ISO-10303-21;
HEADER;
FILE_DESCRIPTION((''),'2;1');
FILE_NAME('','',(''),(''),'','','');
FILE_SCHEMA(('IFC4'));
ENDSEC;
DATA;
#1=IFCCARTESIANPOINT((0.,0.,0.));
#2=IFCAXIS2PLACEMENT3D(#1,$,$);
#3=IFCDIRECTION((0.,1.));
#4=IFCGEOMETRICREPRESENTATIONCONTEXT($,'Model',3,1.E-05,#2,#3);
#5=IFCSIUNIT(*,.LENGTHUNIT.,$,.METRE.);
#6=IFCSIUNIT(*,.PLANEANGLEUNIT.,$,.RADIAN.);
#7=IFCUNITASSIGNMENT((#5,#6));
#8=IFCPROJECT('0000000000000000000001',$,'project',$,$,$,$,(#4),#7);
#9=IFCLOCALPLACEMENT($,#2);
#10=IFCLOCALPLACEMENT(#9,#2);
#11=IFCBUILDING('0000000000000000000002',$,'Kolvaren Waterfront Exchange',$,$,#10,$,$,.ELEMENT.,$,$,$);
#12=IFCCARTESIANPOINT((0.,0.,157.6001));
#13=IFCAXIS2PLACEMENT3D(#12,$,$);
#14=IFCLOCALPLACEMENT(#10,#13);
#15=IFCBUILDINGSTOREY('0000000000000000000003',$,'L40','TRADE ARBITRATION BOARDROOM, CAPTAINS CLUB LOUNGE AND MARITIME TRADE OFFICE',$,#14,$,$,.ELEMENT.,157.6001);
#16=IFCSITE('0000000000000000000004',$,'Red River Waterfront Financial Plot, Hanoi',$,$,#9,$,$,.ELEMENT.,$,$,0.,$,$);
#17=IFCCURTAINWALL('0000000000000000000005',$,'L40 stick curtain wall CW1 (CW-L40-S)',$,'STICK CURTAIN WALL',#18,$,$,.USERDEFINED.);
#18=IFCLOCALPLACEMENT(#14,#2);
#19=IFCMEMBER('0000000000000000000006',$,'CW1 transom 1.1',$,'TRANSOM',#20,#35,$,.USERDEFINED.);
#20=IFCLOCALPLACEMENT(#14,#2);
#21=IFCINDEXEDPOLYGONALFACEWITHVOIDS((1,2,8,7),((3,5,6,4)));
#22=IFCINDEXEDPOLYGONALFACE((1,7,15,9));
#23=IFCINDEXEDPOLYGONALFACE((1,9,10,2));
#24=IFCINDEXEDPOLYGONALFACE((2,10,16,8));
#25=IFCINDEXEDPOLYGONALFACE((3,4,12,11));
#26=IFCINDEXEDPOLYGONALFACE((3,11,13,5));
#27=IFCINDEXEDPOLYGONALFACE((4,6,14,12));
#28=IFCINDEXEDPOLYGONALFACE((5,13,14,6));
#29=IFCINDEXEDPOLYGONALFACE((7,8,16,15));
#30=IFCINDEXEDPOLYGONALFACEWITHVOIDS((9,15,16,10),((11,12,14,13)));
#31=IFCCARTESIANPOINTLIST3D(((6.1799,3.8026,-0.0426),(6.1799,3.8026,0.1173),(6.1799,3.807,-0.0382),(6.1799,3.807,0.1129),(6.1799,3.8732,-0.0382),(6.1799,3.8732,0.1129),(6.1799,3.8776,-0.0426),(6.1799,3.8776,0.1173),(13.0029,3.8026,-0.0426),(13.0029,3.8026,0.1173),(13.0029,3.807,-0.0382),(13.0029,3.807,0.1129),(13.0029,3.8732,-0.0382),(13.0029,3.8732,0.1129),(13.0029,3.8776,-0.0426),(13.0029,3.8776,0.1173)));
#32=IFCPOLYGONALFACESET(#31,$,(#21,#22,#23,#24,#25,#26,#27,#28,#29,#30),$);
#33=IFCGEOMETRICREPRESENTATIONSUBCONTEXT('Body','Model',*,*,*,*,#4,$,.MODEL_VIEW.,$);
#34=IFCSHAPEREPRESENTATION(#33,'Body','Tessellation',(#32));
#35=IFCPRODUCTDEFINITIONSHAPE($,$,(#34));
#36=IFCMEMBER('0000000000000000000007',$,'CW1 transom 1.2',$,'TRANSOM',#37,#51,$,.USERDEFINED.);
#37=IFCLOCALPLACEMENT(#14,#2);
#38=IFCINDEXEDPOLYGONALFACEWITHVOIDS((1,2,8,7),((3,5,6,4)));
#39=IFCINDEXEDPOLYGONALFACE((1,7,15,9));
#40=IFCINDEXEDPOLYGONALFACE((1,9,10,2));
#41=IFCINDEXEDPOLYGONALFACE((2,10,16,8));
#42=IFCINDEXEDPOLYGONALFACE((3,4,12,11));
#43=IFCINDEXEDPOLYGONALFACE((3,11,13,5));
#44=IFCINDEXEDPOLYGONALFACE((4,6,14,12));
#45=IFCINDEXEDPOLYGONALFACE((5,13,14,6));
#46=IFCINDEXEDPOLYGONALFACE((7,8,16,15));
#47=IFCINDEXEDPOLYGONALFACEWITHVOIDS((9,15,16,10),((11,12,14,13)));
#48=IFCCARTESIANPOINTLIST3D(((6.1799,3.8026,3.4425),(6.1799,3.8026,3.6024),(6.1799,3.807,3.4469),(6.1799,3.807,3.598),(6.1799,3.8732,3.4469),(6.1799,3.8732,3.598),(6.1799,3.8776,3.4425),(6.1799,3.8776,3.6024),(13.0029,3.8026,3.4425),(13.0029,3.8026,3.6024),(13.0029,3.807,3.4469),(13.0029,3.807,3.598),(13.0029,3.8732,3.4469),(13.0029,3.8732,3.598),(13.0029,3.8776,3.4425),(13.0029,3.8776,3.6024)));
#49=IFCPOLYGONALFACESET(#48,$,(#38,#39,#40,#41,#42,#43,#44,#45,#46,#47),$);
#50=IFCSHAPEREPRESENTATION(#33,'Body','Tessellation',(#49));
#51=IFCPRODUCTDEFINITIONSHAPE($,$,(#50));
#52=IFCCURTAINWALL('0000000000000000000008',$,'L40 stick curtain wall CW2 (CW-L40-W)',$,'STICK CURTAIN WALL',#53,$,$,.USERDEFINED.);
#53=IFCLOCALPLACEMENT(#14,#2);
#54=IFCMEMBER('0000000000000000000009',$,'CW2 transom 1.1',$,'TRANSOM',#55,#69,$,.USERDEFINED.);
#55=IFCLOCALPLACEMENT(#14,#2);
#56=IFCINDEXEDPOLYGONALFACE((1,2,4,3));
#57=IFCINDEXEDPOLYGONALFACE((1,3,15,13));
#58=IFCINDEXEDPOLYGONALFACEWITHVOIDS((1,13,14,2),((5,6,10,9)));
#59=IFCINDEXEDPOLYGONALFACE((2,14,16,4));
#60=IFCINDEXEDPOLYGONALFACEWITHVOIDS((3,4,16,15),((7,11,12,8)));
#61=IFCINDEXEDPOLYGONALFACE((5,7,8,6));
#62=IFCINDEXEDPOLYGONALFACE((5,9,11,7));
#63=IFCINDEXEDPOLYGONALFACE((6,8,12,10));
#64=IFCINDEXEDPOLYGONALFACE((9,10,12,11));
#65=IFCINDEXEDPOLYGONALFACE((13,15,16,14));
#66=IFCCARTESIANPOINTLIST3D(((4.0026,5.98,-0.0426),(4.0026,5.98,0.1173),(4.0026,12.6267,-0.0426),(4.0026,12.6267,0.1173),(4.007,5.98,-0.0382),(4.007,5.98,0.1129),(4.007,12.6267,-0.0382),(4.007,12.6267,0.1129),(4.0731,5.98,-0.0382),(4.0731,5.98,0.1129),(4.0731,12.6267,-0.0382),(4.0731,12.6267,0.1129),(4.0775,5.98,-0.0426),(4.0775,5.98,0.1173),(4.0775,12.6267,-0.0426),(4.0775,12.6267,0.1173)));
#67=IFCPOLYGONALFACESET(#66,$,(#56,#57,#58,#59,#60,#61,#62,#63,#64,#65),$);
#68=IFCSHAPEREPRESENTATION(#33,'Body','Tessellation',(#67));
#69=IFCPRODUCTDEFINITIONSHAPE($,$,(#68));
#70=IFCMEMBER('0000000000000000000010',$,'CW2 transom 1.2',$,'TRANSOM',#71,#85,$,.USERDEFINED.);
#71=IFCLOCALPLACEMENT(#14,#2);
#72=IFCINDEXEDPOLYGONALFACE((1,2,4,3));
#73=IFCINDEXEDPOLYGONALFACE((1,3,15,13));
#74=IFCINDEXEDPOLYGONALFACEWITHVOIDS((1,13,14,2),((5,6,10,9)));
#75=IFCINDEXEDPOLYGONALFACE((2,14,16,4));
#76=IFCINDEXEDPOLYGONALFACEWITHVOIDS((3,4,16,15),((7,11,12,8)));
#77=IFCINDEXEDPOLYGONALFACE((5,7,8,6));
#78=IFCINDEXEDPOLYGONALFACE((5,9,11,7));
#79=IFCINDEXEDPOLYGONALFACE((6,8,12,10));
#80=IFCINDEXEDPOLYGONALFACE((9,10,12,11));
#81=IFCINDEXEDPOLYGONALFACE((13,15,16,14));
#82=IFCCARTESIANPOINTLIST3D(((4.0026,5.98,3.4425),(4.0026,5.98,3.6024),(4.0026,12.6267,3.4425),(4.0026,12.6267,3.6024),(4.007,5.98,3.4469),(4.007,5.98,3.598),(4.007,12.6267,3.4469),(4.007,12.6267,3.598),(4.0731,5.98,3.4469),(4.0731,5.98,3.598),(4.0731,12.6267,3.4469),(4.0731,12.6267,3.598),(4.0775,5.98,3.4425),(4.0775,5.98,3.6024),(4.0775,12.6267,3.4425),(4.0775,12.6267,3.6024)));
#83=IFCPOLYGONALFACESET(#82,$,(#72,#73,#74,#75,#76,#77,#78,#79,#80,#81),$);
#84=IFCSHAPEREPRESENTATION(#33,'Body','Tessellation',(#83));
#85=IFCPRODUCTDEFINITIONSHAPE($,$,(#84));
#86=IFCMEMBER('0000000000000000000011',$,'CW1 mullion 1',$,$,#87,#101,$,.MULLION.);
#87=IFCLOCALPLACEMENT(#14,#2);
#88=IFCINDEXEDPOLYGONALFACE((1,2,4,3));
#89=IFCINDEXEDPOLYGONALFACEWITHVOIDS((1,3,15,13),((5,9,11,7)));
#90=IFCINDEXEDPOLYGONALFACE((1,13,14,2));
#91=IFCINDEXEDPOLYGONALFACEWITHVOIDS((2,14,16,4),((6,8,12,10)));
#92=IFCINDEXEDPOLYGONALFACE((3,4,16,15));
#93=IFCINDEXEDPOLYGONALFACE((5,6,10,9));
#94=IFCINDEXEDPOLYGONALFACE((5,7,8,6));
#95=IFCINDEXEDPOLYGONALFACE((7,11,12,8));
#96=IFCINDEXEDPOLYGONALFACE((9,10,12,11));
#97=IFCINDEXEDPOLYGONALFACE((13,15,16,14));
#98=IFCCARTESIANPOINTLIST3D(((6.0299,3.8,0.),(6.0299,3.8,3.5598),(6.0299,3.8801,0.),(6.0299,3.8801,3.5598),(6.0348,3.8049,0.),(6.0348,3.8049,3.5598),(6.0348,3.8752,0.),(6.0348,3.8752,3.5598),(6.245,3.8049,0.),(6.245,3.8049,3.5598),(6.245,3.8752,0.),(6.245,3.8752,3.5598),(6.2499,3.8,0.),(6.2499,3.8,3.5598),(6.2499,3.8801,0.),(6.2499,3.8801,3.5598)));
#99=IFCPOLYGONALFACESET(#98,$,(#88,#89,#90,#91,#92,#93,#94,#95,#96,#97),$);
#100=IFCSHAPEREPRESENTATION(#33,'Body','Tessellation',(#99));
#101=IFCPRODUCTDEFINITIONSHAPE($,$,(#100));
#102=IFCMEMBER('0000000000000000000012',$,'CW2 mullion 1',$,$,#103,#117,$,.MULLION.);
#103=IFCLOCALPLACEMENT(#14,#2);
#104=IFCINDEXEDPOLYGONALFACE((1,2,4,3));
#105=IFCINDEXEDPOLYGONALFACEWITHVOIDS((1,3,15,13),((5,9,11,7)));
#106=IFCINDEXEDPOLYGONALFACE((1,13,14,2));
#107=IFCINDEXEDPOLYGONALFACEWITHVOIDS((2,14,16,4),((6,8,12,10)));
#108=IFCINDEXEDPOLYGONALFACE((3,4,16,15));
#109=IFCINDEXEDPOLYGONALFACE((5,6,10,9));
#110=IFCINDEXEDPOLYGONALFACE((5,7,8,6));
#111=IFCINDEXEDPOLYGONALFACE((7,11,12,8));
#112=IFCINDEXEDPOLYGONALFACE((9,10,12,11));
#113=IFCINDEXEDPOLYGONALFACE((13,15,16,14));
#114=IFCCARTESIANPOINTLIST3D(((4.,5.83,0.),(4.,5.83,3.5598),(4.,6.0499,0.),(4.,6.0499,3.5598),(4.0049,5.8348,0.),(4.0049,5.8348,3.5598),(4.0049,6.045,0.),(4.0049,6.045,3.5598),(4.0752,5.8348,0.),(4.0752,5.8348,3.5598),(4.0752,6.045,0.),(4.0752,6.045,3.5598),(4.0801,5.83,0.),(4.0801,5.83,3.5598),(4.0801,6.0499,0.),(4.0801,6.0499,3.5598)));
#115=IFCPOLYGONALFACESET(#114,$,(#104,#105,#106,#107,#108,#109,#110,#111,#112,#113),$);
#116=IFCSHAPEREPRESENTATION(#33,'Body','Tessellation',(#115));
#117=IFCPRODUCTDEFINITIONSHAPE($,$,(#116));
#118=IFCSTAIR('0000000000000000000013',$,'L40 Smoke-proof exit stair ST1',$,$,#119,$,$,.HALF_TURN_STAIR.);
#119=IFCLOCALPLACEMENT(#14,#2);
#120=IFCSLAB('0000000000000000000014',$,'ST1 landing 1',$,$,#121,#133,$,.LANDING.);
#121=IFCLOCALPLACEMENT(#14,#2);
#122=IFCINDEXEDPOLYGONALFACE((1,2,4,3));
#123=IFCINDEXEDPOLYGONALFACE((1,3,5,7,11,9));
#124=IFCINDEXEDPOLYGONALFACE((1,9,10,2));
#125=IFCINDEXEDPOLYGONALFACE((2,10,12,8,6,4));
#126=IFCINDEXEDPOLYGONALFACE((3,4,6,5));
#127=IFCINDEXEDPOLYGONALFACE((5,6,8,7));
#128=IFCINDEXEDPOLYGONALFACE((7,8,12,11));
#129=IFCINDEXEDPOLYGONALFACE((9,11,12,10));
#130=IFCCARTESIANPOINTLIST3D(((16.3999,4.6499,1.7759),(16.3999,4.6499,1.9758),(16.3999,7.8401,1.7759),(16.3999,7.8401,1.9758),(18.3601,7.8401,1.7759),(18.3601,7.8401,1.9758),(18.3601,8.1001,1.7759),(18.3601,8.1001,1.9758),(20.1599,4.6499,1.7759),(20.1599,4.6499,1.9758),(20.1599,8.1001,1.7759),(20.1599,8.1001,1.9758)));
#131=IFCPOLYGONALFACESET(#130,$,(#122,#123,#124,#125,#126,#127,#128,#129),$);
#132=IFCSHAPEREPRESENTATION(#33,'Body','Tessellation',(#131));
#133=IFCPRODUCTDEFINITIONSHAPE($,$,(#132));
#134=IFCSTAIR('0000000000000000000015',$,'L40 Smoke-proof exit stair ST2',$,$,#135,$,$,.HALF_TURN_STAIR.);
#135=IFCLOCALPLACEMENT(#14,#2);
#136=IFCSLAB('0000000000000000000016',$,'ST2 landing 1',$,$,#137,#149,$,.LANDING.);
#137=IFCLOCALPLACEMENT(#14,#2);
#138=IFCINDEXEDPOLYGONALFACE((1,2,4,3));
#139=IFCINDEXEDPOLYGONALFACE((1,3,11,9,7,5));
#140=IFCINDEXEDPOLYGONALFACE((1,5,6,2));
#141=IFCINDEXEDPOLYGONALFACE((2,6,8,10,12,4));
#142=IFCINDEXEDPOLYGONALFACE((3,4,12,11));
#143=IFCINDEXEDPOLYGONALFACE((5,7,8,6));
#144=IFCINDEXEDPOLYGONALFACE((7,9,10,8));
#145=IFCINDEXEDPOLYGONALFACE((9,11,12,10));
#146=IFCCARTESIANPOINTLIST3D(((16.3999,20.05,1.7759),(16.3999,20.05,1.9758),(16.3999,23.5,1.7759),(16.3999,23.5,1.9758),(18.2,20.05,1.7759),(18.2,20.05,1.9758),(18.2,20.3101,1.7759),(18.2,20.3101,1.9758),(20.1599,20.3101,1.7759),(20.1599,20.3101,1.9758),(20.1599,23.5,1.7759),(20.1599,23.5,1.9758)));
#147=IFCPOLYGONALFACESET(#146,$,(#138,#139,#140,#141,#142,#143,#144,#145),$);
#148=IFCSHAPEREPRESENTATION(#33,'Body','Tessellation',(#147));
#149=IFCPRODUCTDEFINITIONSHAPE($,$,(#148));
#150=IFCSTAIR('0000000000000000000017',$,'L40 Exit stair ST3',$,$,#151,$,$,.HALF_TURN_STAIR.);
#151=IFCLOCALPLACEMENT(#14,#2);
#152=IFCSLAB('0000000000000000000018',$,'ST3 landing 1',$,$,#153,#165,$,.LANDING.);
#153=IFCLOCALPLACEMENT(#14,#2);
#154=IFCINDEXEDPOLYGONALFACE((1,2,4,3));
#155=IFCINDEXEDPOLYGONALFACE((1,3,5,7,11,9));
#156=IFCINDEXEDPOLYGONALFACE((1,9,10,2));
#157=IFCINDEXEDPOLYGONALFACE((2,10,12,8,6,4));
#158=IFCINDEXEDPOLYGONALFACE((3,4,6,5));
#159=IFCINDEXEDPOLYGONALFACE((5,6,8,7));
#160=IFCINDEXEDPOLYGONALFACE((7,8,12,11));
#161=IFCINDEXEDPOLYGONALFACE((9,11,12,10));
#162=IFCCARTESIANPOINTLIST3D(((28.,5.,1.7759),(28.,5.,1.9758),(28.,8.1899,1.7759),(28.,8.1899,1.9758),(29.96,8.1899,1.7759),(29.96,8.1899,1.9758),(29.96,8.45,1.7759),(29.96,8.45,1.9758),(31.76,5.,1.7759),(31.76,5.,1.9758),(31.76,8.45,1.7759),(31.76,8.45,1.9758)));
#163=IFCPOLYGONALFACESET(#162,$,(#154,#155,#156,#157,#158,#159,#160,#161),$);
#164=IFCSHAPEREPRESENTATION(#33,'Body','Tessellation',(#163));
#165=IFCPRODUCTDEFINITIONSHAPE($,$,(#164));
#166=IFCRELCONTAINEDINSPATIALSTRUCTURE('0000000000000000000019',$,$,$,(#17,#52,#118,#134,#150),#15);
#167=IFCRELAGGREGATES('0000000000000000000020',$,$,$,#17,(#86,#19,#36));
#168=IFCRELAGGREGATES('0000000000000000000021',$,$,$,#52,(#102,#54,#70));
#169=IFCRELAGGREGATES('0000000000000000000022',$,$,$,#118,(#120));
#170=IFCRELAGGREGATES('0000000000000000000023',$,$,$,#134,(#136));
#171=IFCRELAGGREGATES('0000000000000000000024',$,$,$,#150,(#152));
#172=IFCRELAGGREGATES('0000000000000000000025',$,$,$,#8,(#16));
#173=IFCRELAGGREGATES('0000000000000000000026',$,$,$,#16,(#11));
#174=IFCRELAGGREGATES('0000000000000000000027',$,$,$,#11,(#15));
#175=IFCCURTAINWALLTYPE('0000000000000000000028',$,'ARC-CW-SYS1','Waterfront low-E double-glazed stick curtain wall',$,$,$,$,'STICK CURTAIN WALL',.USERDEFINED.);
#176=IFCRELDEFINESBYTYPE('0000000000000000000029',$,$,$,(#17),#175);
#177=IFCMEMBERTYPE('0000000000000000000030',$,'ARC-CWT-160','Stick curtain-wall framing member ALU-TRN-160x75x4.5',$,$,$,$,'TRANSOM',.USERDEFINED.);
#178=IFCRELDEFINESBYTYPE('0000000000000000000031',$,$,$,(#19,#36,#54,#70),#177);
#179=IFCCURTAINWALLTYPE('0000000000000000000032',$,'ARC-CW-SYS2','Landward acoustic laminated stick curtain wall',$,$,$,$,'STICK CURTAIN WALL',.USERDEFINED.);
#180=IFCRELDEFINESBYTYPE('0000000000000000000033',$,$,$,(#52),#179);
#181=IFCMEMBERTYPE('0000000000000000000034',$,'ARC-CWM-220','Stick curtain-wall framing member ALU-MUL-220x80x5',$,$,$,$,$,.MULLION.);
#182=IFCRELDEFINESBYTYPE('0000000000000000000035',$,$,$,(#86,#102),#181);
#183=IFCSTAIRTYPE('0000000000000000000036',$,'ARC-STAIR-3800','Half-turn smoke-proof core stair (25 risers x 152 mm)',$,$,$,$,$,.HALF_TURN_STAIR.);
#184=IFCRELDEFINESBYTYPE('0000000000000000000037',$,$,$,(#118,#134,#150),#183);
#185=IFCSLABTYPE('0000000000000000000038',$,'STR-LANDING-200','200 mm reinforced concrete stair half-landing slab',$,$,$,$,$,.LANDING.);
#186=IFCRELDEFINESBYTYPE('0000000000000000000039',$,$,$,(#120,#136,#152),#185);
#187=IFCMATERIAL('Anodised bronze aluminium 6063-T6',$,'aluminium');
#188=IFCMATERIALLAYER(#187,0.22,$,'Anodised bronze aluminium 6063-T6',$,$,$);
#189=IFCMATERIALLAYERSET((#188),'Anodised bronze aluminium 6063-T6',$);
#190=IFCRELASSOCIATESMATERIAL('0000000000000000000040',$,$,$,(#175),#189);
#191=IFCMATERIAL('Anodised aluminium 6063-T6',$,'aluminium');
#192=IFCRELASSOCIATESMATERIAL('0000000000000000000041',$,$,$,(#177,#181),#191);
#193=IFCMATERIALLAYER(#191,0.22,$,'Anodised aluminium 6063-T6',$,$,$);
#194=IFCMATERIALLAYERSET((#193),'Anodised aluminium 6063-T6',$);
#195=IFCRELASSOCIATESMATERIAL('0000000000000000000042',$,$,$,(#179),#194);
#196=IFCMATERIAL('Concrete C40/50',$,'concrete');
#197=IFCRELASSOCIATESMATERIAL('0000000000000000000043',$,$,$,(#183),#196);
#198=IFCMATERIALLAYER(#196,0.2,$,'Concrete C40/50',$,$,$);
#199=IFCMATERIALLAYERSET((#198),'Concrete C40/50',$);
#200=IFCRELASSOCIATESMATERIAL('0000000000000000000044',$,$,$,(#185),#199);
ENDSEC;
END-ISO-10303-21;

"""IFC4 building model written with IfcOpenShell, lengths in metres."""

from ifc_helpers import new_model, si_unit, direction, frame, origin, origin_with_axes, origin_2d, place, context, subcontext, project, spatial, polyline, hollow_rectangle, outline, extrude, source, transform, mapped, material, layer, layer_set, material_profile, profile_set, type_object, element, aggregate, save


model = new_model("IFC4")

# Units and contexts
model_context = context("Model", 3, precision=1e-05, world=origin(), true_north=direction((0.0, 1.0)))
body_context = subcontext(model_context, "Body", "Model", "MODEL_VIEW")
ifc_project = project(units=[si_unit("LENGTHUNIT", "METRE"), si_unit("PLANEANGLEUNIT", "RADIAN")], contexts=[model_context])

# Site, building, storey
site_placement = place(None, origin())
site = spatial("IfcSite", under=ifc_project, at=site_placement, Name="Red River Waterfront Financial Plot, Hanoi", CompositionType="ELEMENT", RefElevation=0.0)
building_placement = place(site_placement, origin())
building = spatial("IfcBuilding", under=site, at=building_placement, Name="Kolvaren Waterfront Exchange", CompositionType="ELEMENT")
storey_placement = place(building_placement, frame((0.0, 0.0, 157.6001)))
storey = spatial("IfcBuildingStorey", under=building, at=storey_placement, Name="L40", Description="TRADE ARBITRATION BOARDROOM, CAPTAINS CLUB LOUNGE AND MARITIME TRADE OFFICE", CompositionType="ELEMENT", Elevation=157.6001)

# Curtain walls, members
ifc_material_1 = material(Name="Anodised bronze aluminium 6063-T6", Category="aluminium")
ifc_layer_1 = layer(ifc_material_1, 0.22, Name="Anodised bronze aluminium 6063-T6")
ifc_layer_set_1 = layer_set([ifc_layer_1], Name="Anodised bronze aluminium 6063-T6")
curtain_wall_type_1 = type_object("IfcCurtainWallType", Name="ARC-CW-SYS1", Description="Waterfront low-E double-glazed stick curtain wall", ElementType="STICK CURTAIN WALL", PredefinedType="USERDEFINED", material=ifc_layer_set_1)
curtain_wall_1_placement = place(storey_placement, origin())
curtain_wall_1 = element("IfcCurtainWall", 1, at=curtain_wall_1_placement, inside=storey, type_object=curtain_wall_type_1, Name="L40 stick curtain wall CW1 (CW-L40-S)", ObjectType="STICK CURTAIN WALL", PredefinedType="USERDEFINED")
ifc_material_2 = material(Name="Anodised aluminium 6063-T6", Category="aluminium")
ifc_material_profile_1 = material_profile(ifc_material_2, hollow_rectangle(XDim=0.075, YDim=0.1599, WallThickness=0.0044, at=origin_2d()), Name="ALU-TRN-160x75x4.5")
ifc_profile_set_1 = profile_set([ifc_material_profile_1], Name="Anodised aluminium 6063-T6")
member_type_1 = type_object("IfcMemberType", Name="ARC-CWT-160", Description="Stick curtain-wall framing member ALU-TRN-160x75x4.5", ElementType="TRANSOM", PredefinedType="USERDEFINED", material=ifc_profile_set_1)
shared_shape_1 = source(origin_with_axes(), body_context, "Body", "SweptSolid", [
    extrude(hollow_rectangle(XDim=0.075, YDim=0.1599, WallThickness=0.0044, at=origin_2d()), origin(), (0.0, 0.0, 1.0), 6.823),
])
member_1_placement = place(storey_placement, frame((6.1799, 3.8401, 0.0374), z_axis=(1.0, 0.0, 0.0), x_axis=(0.0, 1.0, 0.0)))
member_1 = element("IfcMember", 2, at=member_1_placement, type_object=member_type_1, Name="CW1 transom 1.1", ObjectType="TRANSOM", PredefinedType="USERDEFINED", context=body_context, shape_type="MappedRepresentation", body=[
    mapped(shared_shape_1, transform((0.0, 0.0, 0.0), x_axis=(1.0, 0.0, 0.0), y_axis=(0.0, 1.0, 0.0), z_axis=(0.0, 0.0, 1.0), scale=1.0)),
])
member_2_placement = place(storey_placement, frame((6.1799, 3.8401, 3.5225), z_axis=(1.0, 0.0, 0.0), x_axis=(0.0, 1.0, 0.0)))
member_2 = element("IfcMember", 3, at=member_2_placement, type_object=member_type_1, Name="CW1 transom 1.2", ObjectType="TRANSOM", PredefinedType="USERDEFINED", context=body_context, shape_type="MappedRepresentation", body=[
    mapped(shared_shape_1, transform((0.0, 0.0, 0.0), x_axis=(1.0, 0.0, 0.0), y_axis=(0.0, 1.0, 0.0), z_axis=(0.0, 0.0, 1.0), scale=1.0)),
])
ifc_layer_2 = layer(ifc_material_2, 0.22, Name="Anodised aluminium 6063-T6")
ifc_layer_set_2 = layer_set([ifc_layer_2], Name="Anodised aluminium 6063-T6")
curtain_wall_type_2 = type_object("IfcCurtainWallType", Name="ARC-CW-SYS2", Description="Landward acoustic laminated stick curtain wall", ElementType="STICK CURTAIN WALL", PredefinedType="USERDEFINED", material=ifc_layer_set_2)
curtain_wall_2_placement = place(storey_placement, origin())
curtain_wall_2 = element("IfcCurtainWall", 4, at=curtain_wall_2_placement, inside=storey, type_object=curtain_wall_type_2, Name="L40 stick curtain wall CW2 (CW-L40-W)", ObjectType="STICK CURTAIN WALL", PredefinedType="USERDEFINED")
shared_shape_2 = source(origin_with_axes(), body_context, "Body", "SweptSolid", [
    extrude(hollow_rectangle(XDim=0.075, YDim=0.1599, WallThickness=0.0044, at=origin_2d()), origin(), (0.0, 0.0, 1.0), 6.6467),
])
member_3_placement = place(storey_placement, frame((4.04, 5.98, 0.0374), z_axis=(0.0, 1.0, 0.0), x_axis=(-1.0, 0.0, 0.0)))
member_3 = element("IfcMember", 5, at=member_3_placement, type_object=member_type_1, Name="CW2 transom 1.1", ObjectType="TRANSOM", PredefinedType="USERDEFINED", context=body_context, shape_type="MappedRepresentation", body=[
    mapped(shared_shape_2, transform((0.0, 0.0, 0.0), x_axis=(1.0, 0.0, 0.0), y_axis=(0.0, 1.0, 0.0), z_axis=(0.0, 0.0, 1.0), scale=1.0)),
])
member_4_placement = place(storey_placement, frame((4.04, 5.98, 3.5225), z_axis=(0.0, 1.0, 0.0), x_axis=(-1.0, 0.0, 0.0)))
member_4 = element("IfcMember", 6, at=member_4_placement, type_object=member_type_1, Name="CW2 transom 1.2", ObjectType="TRANSOM", PredefinedType="USERDEFINED", context=body_context, shape_type="MappedRepresentation", body=[
    mapped(shared_shape_2, transform((0.0, 0.0, 0.0), x_axis=(1.0, 0.0, 0.0), y_axis=(0.0, 1.0, 0.0), z_axis=(0.0, 0.0, 1.0), scale=1.0)),
])

# Members
ifc_material_profile_2 = material_profile(ifc_material_2, hollow_rectangle(XDim=0.0801, YDim=0.22, WallThickness=0.0049, at=origin_2d()), Name="ALU-MUL-220x80x5")
ifc_profile_set_2 = profile_set([ifc_material_profile_2], Name="Anodised aluminium 6063-T6")
member_type_2 = type_object("IfcMemberType", Name="ARC-CWM-220", Description="Stick curtain-wall framing member ALU-MUL-220x80x5", PredefinedType="MULLION", material=ifc_profile_set_2)
shared_shape_3 = source(origin_with_axes(), body_context, "Body", "SweptSolid", [
    extrude(hollow_rectangle(XDim=0.0801, YDim=0.22, WallThickness=0.0049, at=origin_2d()), origin(), (0.0, 0.0, 1.0), 3.5598),
])
member_5_placement = place(storey_placement, frame((6.1399, 3.8401, 0.0), z_axis=(0.0, 0.0, 1.0), x_axis=(0.0, 1.0, 0.0)))
member_5 = element("IfcMember", 7, at=member_5_placement, type_object=member_type_2, Name="CW1 mullion 1", PredefinedType="MULLION", context=body_context, shape_type="MappedRepresentation", body=[
    mapped(shared_shape_3, transform((0.0, 0.0, 0.0), x_axis=(1.0, 0.0, 0.0), y_axis=(0.0, 1.0, 0.0), z_axis=(0.0, 0.0, 1.0), scale=1.0)),
])
aggregate(curtain_wall_1, [member_5, member_1, member_2])
member_6_placement = place(storey_placement, frame((4.04, 5.9399, 0.0), z_axis=(0.0, 0.0, 1.0), x_axis=(-1.0, 0.0, 0.0)))
member_6 = element("IfcMember", 8, at=member_6_placement, type_object=member_type_2, Name="CW2 mullion 1", PredefinedType="MULLION", context=body_context, shape_type="MappedRepresentation", body=[
    mapped(shared_shape_3, transform((0.0, 0.0, 0.0), x_axis=(1.0, 0.0, 0.0), y_axis=(0.0, 1.0, 0.0), z_axis=(0.0, 0.0, 1.0), scale=1.0)),
])
aggregate(curtain_wall_2, [member_6, member_3, member_4])

# Stairs, slabs
ifc_material_3 = material(Name="Concrete C40/50", Category="concrete")
stair_type = type_object("IfcStairType", Name="ARC-STAIR-3800", Description="Half-turn smoke-proof core stair (25 risers x 152 mm)", PredefinedType="HALF_TURN_STAIR", material=ifc_material_3)
stair_1_placement = place(storey_placement, origin())
stair_1 = element("IfcStair", 9, at=stair_1_placement, inside=storey, type_object=stair_type, Name="L40 Smoke-proof exit stair ST1", PredefinedType="HALF_TURN_STAIR")
ifc_layer_3 = layer(ifc_material_3, 0.2, Name="Concrete C40/50")
ifc_layer_set_3 = layer_set([ifc_layer_3], Name="Concrete C40/50")
slab_type_1 = type_object("IfcSlabType", Name="STR-LANDING-200", Description="200 mm reinforced concrete stair half-landing slab", PredefinedType="LANDING", material=ifc_layer_set_3)
slab_1_placement = place(storey_placement, frame((0.0, 0.0, 1.7759)))
slab_1 = element("IfcSlab", 10, at=slab_1_placement, type_object=slab_type_1, Name="ST1 landing 1", PredefinedType="LANDING", context=body_context, shape_type="SweptSolid", body=[
    extrude(outline(polyline([(16.3999, 7.8401), (16.3999, 4.6499), (20.1599, 4.6499), (20.1599, 8.1001), (18.3601, 8.1001), (18.3601, 7.8401), (16.3999, 7.8401)])), origin(), (0.0, 0.0, 1.0), 0.2),
])
aggregate(stair_1, [slab_1])
stair_2_placement = place(storey_placement, origin())
stair_2 = element("IfcStair", 11, at=stair_2_placement, inside=storey, type_object=stair_type, Name="L40 Smoke-proof exit stair ST2", PredefinedType="HALF_TURN_STAIR")
slab_2_placement = place(storey_placement, frame((0.0, 0.0, 1.7759)))
slab_2 = element("IfcSlab", 12, at=slab_2_placement, type_object=slab_type_1, Name="ST2 landing 1", PredefinedType="LANDING", context=body_context, shape_type="SweptSolid", body=[
    extrude(outline(polyline([(20.1599, 20.3101), (20.1599, 23.5), (16.3999, 23.5), (16.3999, 20.05), (18.2, 20.05), (18.2, 20.3101), (20.1599, 20.3101)])), origin(), (0.0, 0.0, 1.0), 0.2),
])
aggregate(stair_2, [slab_2])
stair_3_placement = place(storey_placement, origin())
stair_3 = element("IfcStair", 13, at=stair_3_placement, inside=storey, type_object=stair_type, Name="L40 Exit stair ST3", PredefinedType="HALF_TURN_STAIR")
slab_3_placement = place(storey_placement, frame((0.0, 0.0, 1.7759)))
slab_3 = element("IfcSlab", 14, at=slab_3_placement, type_object=slab_type_1, Name="ST3 landing 1", PredefinedType="LANDING", context=body_context, shape_type="SweptSolid", body=[
    extrude(outline(polyline([(28.0, 8.1899), (28.0, 5.0), (31.76, 5.0), (31.76, 8.45), (29.96, 8.45), (29.96, 8.1899), (28.0, 8.1899)])), origin(), (0.0, 0.0, 1.0), 0.2),
])
aggregate(stair_3, [slab_3])

save(model, "model.ifc")
